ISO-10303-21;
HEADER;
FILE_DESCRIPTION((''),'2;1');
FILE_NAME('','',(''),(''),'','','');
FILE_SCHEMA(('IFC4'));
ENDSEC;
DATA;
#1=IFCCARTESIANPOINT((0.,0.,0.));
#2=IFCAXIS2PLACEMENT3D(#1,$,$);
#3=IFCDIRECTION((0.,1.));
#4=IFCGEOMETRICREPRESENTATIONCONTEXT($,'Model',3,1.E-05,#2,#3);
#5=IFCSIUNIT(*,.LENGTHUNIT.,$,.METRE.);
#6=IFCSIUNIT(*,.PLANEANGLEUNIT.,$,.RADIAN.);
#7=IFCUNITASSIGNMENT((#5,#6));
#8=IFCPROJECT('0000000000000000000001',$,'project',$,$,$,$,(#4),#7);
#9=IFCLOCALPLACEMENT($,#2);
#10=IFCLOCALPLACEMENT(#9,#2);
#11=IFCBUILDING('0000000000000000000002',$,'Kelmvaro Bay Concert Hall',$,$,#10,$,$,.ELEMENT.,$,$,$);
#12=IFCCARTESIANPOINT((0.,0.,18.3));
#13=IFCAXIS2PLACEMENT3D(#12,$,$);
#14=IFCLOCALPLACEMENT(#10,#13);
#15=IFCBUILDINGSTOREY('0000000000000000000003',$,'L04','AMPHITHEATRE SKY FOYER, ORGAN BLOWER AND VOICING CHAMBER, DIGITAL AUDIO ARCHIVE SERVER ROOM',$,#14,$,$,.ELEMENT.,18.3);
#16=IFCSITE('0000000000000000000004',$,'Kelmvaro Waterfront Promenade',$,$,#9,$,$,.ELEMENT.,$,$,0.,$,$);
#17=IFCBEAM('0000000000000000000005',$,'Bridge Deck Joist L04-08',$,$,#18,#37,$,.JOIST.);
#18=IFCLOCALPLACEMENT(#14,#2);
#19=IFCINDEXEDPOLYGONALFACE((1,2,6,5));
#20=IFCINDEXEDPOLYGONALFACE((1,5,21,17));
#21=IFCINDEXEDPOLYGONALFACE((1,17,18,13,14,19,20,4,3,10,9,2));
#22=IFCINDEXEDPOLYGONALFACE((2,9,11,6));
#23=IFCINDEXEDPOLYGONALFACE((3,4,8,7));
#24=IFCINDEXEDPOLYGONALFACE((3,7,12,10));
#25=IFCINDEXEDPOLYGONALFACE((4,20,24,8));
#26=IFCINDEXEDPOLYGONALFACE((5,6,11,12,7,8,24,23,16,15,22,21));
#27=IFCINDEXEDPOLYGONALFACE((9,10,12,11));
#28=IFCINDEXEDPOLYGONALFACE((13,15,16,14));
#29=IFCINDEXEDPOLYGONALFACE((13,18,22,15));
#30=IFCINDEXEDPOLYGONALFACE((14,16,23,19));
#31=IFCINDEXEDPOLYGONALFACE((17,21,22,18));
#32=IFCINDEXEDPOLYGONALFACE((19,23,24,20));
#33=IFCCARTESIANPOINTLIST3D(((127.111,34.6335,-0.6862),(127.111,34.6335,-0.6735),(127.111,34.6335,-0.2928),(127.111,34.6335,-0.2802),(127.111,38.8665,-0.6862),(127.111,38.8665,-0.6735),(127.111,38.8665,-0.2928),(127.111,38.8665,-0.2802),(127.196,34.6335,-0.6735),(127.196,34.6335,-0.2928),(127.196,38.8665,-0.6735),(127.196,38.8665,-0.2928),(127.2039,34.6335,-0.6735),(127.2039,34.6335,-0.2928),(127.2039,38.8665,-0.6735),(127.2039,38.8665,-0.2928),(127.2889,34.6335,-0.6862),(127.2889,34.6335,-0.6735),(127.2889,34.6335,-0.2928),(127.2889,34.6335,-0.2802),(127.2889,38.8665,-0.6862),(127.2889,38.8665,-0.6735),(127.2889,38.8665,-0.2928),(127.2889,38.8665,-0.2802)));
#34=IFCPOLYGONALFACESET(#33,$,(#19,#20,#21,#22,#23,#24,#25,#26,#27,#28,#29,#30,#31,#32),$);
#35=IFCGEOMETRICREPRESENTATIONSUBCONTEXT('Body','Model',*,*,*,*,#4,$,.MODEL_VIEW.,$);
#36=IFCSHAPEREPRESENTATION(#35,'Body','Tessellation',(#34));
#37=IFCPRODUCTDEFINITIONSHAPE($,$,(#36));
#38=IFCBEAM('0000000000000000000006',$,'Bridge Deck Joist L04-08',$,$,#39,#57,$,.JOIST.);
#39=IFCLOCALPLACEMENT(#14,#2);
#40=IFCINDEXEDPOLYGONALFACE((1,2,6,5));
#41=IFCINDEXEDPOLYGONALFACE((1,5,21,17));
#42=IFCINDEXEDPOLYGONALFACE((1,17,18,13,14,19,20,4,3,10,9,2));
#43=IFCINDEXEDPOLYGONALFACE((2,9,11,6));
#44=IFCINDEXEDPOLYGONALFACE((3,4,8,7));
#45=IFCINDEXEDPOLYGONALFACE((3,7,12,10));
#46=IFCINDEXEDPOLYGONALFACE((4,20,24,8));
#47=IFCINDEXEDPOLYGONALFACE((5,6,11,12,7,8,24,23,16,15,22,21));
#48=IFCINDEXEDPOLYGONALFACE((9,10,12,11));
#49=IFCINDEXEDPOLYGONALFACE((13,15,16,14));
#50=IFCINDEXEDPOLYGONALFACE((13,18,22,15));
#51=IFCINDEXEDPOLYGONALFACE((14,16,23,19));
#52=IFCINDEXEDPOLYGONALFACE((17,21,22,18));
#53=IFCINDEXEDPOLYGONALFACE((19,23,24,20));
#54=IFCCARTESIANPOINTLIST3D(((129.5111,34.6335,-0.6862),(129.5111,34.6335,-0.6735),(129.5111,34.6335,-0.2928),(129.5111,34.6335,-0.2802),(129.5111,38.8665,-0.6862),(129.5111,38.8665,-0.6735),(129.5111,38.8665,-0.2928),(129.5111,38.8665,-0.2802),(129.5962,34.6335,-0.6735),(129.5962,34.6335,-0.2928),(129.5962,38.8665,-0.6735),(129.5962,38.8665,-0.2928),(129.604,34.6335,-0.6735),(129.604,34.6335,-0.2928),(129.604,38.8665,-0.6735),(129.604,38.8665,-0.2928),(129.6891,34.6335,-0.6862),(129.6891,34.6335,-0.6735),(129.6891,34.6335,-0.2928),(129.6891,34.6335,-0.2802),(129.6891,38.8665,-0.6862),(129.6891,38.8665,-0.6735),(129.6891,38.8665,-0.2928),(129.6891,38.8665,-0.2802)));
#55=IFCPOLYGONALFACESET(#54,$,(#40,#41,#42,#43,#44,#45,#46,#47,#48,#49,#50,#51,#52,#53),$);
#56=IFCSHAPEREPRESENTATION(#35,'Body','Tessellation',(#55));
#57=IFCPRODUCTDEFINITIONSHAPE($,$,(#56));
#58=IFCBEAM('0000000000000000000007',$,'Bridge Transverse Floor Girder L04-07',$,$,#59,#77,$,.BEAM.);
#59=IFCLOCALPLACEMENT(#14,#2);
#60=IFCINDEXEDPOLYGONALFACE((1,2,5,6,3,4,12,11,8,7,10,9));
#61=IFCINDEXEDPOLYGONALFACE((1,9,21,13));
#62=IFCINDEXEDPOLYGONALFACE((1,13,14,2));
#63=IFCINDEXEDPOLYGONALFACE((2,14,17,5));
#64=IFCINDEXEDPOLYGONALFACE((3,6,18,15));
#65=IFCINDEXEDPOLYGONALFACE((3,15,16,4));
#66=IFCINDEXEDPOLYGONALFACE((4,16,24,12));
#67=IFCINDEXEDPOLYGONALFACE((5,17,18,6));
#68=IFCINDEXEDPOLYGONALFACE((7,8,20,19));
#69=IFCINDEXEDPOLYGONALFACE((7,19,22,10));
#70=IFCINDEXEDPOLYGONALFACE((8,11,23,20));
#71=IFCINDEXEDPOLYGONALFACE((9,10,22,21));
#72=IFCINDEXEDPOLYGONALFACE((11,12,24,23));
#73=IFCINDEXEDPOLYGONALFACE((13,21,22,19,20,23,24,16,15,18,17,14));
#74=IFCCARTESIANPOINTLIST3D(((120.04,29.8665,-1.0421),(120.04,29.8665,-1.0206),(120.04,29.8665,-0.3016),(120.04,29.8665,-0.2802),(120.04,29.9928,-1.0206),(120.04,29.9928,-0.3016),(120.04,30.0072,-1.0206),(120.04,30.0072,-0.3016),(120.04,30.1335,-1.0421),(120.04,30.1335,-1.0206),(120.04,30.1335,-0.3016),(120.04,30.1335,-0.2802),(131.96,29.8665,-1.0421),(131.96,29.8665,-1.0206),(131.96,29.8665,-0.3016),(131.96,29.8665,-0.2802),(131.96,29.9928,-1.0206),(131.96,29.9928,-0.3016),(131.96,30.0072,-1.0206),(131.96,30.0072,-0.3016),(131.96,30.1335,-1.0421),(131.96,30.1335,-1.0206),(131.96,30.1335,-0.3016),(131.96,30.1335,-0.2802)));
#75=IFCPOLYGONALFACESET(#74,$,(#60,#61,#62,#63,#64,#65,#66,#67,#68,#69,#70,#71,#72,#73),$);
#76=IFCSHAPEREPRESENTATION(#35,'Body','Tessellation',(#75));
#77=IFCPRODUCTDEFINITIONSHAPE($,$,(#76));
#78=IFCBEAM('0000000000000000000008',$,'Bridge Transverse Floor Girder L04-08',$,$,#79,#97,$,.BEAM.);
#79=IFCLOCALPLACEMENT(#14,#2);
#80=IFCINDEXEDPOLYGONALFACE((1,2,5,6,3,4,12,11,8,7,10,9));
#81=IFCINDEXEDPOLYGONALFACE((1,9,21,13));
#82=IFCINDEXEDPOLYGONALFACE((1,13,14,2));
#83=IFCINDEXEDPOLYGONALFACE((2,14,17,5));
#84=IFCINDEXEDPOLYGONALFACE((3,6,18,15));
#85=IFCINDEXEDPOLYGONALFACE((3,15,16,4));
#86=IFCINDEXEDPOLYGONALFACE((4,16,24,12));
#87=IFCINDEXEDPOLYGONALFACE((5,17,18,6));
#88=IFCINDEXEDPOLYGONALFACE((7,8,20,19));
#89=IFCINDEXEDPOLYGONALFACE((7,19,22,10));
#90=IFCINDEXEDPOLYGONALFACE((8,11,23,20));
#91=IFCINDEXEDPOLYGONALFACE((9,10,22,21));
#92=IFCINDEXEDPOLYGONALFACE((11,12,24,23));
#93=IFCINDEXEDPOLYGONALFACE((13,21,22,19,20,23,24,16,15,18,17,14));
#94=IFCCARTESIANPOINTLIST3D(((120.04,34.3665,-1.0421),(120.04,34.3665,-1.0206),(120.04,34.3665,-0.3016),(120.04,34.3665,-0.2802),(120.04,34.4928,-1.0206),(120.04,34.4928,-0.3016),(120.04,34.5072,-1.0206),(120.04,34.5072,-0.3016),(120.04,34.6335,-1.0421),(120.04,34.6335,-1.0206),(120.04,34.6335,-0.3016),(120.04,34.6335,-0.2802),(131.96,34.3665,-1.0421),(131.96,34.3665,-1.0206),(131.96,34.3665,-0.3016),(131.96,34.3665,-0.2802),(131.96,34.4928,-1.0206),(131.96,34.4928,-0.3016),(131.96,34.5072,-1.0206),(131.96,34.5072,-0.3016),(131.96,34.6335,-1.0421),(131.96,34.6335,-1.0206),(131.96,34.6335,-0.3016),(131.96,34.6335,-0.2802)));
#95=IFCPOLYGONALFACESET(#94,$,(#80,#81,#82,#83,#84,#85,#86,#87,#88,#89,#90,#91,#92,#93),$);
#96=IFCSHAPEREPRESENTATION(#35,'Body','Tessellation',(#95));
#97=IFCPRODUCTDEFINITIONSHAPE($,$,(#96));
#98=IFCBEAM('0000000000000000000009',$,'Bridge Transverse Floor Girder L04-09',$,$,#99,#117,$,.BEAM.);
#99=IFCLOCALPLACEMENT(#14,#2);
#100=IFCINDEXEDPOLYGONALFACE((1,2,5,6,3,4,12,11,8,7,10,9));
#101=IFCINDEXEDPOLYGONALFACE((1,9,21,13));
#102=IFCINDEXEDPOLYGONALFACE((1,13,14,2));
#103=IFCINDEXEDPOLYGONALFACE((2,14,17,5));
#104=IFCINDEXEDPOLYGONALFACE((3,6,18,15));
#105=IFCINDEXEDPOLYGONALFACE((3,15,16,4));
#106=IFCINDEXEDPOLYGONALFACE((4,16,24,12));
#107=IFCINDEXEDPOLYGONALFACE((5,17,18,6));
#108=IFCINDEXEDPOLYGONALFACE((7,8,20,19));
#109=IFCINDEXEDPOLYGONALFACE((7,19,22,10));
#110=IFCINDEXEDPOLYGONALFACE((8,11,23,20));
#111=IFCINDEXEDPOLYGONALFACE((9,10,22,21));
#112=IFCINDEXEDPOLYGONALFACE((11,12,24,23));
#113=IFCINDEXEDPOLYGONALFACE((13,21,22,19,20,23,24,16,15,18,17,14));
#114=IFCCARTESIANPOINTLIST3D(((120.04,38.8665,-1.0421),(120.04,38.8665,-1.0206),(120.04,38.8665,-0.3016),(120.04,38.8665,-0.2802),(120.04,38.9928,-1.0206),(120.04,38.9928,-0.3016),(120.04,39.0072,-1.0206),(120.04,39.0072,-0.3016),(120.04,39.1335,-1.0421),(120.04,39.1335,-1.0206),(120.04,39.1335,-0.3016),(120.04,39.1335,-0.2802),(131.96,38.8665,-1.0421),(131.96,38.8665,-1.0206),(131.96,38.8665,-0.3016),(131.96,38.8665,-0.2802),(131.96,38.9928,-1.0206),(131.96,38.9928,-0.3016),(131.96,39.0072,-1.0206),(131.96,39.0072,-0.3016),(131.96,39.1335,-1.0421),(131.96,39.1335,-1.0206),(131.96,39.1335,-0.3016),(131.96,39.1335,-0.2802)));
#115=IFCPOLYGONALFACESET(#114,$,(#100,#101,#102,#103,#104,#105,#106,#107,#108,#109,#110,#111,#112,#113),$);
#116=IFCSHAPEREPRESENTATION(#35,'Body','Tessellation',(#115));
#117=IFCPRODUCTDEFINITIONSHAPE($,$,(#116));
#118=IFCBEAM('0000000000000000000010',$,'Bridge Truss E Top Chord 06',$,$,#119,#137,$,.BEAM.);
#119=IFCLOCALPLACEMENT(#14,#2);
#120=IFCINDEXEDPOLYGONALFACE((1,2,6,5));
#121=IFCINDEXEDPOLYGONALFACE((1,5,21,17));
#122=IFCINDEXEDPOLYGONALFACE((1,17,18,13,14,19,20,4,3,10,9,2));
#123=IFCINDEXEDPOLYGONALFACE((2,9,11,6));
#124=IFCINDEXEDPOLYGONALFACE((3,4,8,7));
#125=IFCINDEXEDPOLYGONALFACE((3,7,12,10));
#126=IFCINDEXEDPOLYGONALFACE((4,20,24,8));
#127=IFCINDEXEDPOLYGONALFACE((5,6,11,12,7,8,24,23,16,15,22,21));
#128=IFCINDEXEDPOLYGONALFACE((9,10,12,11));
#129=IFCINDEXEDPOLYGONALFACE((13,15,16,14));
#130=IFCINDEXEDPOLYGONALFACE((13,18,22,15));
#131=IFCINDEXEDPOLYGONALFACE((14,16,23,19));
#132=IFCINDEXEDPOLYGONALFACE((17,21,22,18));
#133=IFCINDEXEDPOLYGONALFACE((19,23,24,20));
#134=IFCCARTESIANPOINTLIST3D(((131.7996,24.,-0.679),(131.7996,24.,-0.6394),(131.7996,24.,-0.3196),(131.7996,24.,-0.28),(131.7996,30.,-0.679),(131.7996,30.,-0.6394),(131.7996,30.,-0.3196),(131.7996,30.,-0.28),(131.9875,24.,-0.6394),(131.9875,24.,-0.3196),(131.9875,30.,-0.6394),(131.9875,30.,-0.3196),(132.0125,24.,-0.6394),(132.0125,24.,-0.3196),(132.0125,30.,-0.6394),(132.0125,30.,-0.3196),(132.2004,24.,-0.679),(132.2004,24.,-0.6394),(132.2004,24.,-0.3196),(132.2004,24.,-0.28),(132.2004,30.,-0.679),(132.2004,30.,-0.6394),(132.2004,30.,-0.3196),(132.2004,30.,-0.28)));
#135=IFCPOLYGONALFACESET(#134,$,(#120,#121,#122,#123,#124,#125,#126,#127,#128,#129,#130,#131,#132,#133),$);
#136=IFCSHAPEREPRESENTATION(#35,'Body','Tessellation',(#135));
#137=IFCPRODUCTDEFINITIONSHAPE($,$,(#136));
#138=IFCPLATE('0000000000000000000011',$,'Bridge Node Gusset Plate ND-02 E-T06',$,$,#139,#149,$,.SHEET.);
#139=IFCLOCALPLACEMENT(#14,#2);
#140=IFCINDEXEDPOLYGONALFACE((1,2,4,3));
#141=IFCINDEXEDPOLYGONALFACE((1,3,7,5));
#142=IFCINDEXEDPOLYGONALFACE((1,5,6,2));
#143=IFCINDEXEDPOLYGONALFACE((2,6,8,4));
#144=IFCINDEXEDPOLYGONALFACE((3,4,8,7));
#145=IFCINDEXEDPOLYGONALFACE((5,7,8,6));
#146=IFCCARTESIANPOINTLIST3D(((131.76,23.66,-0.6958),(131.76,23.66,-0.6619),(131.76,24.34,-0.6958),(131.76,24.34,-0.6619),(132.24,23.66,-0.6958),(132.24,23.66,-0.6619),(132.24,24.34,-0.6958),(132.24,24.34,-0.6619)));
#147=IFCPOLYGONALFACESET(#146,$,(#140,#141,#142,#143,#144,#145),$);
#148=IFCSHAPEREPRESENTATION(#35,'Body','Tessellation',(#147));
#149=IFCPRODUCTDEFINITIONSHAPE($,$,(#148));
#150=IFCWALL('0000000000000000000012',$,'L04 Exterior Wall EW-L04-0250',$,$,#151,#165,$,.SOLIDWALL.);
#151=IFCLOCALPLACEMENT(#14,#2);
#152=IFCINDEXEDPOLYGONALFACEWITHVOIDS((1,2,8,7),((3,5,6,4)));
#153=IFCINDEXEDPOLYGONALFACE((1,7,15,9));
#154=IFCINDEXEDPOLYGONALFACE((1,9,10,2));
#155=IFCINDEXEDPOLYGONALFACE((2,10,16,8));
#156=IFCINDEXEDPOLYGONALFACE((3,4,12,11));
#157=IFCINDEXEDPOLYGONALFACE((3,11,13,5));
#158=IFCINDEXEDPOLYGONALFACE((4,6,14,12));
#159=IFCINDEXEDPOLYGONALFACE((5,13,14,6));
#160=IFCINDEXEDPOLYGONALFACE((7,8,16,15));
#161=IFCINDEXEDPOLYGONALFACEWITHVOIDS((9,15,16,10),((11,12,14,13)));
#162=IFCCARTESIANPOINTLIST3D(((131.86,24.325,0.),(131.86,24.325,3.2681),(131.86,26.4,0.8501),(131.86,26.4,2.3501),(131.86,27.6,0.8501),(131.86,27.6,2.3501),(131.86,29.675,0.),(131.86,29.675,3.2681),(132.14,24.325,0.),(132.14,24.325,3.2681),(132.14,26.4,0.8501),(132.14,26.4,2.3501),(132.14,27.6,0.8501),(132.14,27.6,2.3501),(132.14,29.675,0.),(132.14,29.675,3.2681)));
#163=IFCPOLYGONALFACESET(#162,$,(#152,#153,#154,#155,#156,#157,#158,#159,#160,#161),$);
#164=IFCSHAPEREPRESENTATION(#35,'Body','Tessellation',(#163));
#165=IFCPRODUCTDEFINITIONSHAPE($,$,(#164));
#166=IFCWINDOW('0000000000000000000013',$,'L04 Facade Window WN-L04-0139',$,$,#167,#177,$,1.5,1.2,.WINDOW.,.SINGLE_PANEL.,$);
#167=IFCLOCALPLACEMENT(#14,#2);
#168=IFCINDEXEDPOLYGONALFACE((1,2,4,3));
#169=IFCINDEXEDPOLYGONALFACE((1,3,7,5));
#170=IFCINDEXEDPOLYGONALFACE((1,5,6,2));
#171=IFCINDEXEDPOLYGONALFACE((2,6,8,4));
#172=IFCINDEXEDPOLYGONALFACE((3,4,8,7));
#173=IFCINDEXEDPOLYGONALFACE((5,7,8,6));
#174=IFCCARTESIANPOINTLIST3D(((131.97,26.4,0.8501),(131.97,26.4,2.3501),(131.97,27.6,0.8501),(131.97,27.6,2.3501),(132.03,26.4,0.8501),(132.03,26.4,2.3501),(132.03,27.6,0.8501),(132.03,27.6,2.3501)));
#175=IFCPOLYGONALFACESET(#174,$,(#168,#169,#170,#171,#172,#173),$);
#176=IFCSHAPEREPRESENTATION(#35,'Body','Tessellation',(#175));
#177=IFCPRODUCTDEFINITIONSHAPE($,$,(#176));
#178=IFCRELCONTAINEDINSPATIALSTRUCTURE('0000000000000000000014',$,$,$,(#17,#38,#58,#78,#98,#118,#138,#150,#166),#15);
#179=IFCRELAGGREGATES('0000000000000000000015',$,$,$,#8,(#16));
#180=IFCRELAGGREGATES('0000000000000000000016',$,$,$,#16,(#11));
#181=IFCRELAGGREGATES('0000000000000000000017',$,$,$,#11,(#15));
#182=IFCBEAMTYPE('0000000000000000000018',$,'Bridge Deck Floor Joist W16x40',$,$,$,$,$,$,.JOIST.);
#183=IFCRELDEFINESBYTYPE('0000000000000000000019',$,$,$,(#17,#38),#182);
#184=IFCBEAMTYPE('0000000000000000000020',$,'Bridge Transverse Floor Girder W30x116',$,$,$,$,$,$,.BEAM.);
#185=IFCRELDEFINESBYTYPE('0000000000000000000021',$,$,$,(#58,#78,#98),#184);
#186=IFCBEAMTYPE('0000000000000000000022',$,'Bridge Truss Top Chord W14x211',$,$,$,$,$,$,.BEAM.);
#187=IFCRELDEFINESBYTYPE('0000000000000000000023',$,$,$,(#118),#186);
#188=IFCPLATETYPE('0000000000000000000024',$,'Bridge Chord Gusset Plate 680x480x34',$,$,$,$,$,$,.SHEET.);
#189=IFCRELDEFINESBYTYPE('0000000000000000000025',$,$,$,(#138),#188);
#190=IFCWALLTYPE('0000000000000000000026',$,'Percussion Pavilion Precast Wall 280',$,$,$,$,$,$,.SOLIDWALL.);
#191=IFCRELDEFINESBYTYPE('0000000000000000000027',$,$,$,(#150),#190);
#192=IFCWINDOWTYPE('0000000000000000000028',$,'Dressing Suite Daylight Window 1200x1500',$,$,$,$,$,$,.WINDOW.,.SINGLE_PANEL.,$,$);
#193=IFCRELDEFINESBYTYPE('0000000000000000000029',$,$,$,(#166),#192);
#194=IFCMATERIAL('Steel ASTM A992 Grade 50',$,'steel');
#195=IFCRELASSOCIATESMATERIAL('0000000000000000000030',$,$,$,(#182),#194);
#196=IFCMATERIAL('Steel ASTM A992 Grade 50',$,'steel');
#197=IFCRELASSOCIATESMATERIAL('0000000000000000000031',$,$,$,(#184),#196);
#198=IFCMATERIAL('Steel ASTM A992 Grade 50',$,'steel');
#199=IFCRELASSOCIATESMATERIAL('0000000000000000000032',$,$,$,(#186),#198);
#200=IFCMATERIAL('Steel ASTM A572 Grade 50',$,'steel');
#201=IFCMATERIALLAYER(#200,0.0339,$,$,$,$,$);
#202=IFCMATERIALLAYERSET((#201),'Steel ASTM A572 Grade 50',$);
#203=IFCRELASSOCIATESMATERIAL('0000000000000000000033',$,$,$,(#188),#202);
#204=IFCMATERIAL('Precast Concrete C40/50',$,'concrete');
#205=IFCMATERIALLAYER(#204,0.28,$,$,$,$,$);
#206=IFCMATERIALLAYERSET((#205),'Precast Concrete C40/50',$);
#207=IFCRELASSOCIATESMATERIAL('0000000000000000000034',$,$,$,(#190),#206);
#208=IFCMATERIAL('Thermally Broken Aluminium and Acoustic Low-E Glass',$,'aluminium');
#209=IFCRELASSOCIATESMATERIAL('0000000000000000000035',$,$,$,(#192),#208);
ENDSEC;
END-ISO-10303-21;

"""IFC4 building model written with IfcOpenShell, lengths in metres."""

from ifc_helpers import new_model, si_unit, direction, frame, frame_2d, origin, origin_2d, place, context, subcontext, project, spatial, rectangle, i_section, extrude, material, layer, layer_set, material_profile, profile_set, type_object, element, fill, save


model = new_model("IFC4")

# Units and contexts
model_context = context("Model", 3, precision=1e-05, world=origin(), true_north=direction((0.0, 1.0)))
body_context = subcontext(model_context, "Body", "Model", "MODEL_VIEW")
ifc_project = project(units=[si_unit("LENGTHUNIT", "METRE"), si_unit("PLANEANGLEUNIT", "RADIAN")], contexts=[model_context])

# Site, building, storey
site_placement = place(None, origin())
site = spatial("IfcSite", under=ifc_project, at=site_placement, Name="Kelmvaro Waterfront Promenade", CompositionType="ELEMENT", RefElevation=0.0)
building_placement = place(site_placement, origin())
building = spatial("IfcBuilding", under=site, at=building_placement, Name="Kelmvaro Bay Concert Hall", CompositionType="ELEMENT")
storey_placement = place(building_placement, frame((0.0, 0.0, 18.3)))
storey = spatial("IfcBuildingStorey", under=building, at=storey_placement, Name="L04", Description="AMPHITHEATRE SKY FOYER, ORGAN BLOWER AND VOICING CHAMBER, DIGITAL AUDIO ARCHIVE SERVER ROOM", CompositionType="ELEMENT", Elevation=18.3)

# Beams
ifc_material_1 = material(Name="Steel ASTM A992 Grade 50", Category="steel")
ifc_material_profile_1 = material_profile(ifc_material_1, i_section(OverallWidth=0.178, OverallDepth=0.406, WebThickness=0.0078, FlangeThickness=0.0127, at=origin_2d()), Name="W16X40")
ifc_profile_set_1 = profile_set([ifc_material_profile_1], Name="Steel ASTM A992 Grade 50")
beam_type_1 = type_object("IfcBeamType", Name="Bridge Deck Floor Joist W16x40", PredefinedType="JOIST", material=ifc_profile_set_1)
for number, where, z_axis, x_axis, name in (
    (1, (127.2, 34.6335, -0.4832), (0.0, 1.0, 0.0), (-1.0, 0.0, 0.0), "Bridge Deck Joist L04-08"),
    (2, (129.6001, 34.6335, -0.4832), (0.0, 1.0, 0.0), (-1.0, 0.0, 0.0), "Bridge Deck Joist L04-08"),
):
    element("IfcBeam", number, at=place(storey_placement, frame(where, z_axis=z_axis, x_axis=x_axis)), inside=storey, type_object=beam_type_1, Name=name, PredefinedType="JOIST", context=body_context, shape_type="SweptSolid", body=[
        extrude(i_section(OverallWidth=0.178, OverallDepth=0.406, WebThickness=0.0078, FlangeThickness=0.0127, at=origin_2d()), origin(), (0.0, 0.0, 1.0), 4.2329),
    ])
ifc_material_2 = material(Name="Steel ASTM A992 Grade 50", Category="steel")
ifc_material_profile_2 = material_profile(ifc_material_2, i_section(OverallWidth=0.2671, OverallDepth=0.762, WebThickness=0.0144, FlangeThickness=0.0215, at=origin_2d()), Name="W30X116")
ifc_profile_set_2 = profile_set([ifc_material_profile_2], Name="Steel ASTM A992 Grade 50")
beam_type_2 = type_object("IfcBeamType", Name="Bridge Transverse Floor Girder W30x116", PredefinedType="BEAM", material=ifc_profile_set_2)
for number, where, z_axis, x_axis, name in (
    (3, (120.04, 30.0, -0.6611), (1.0, 0.0, 0.0), (0.0, 1.0, 0.0), "Bridge Transverse Floor Girder L04-07"),
    (4, (120.04, 34.5, -0.6611), (1.0, 0.0, 0.0), (0.0, 1.0, 0.0), "Bridge Transverse Floor Girder L04-08"),
    (5, (120.04, 39.0, -0.6611), (1.0, 0.0, 0.0), (0.0, 1.0, 0.0), "Bridge Transverse Floor Girder L04-09"),
):
    element("IfcBeam", number, at=place(storey_placement, frame(where, z_axis=z_axis, x_axis=x_axis)), inside=storey, type_object=beam_type_2, Name=name, PredefinedType="BEAM", context=body_context, shape_type="SweptSolid", body=[
        extrude(i_section(OverallWidth=0.2671, OverallDepth=0.762, WebThickness=0.0144, FlangeThickness=0.0215, at=origin_2d()), origin(), (0.0, 0.0, 1.0), 11.9199),
    ])
ifc_material_3 = material(Name="Steel ASTM A992 Grade 50", Category="steel")
ifc_material_profile_3 = material_profile(ifc_material_3, i_section(OverallWidth=0.4009, OverallDepth=0.3989, WebThickness=0.0249, FlangeThickness=0.0396, at=origin_2d()), Name="W14X211")
ifc_profile_set_3 = profile_set([ifc_material_profile_3], Name="Steel ASTM A992 Grade 50")
beam_type_3 = type_object("IfcBeamType", Name="Bridge Truss Top Chord W14x211", PredefinedType="BEAM", material=ifc_profile_set_3)
beam_placement = place(storey_placement, frame((132.0, 24.0, -0.4795), z_axis=(0.0, 1.0, 0.0), x_axis=(-1.0, 0.0, 0.0)))
element("IfcBeam", 6, at=beam_placement, inside=storey, type_object=beam_type_3, Name="Bridge Truss E Top Chord 06", PredefinedType="BEAM", context=body_context, shape_type="SweptSolid", body=[
    extrude(i_section(OverallWidth=0.4009, OverallDepth=0.3989, WebThickness=0.0249, FlangeThickness=0.0396, at=origin_2d()), origin(), (0.0, 0.0, 1.0), 6.0),
])

# Plate
ifc_material_4 = material(Name="Steel ASTM A572 Grade 50", Category="steel")
ifc_layer_1 = layer(ifc_material_4, 0.0339)
ifc_layer_set_1 = layer_set([ifc_layer_1], Name="Steel ASTM A572 Grade 50")
plate_type = type_object("IfcPlateType", Name="Bridge Chord Gusset Plate 680x480x34", PredefinedType="SHEET", material=ifc_layer_set_1)
plate_placement = place(storey_placement, frame((132.0, 24.0, -0.6958), z_axis=(0.0, 0.0, 1.0), x_axis=(0.0, 1.0, 0.0)))
element("IfcPlate", 7, at=plate_placement, inside=storey, type_object=plate_type, Name="Bridge Node Gusset Plate ND-02 E-T06", PredefinedType="SHEET", context=body_context, shape_type="SweptSolid", body=[
    extrude(rectangle(XDim=0.6799, YDim=0.48, at=origin_2d()), origin(), (0.0, 0.0, 1.0), 0.0339),
])

# Wall, opening, window
ifc_material_5 = material(Name="Precast Concrete C40/50", Category="concrete")
ifc_layer_2 = layer(ifc_material_5, 0.28)
ifc_layer_set_2 = layer_set([ifc_layer_2], Name="Precast Concrete C40/50")
wall_type = type_object("IfcWallType", Name="Percussion Pavilion Precast Wall 280", PredefinedType="SOLIDWALL", material=ifc_layer_set_2)
wall_placement = place(storey_placement, frame((132.0, 24.325, 0.0), z_axis=(0.0, 0.0, 1.0), x_axis=(0.0, 1.0, 0.0)))
wall = element("IfcWall", 8, at=wall_placement, inside=storey, type_object=wall_type, Name="L04 Exterior Wall EW-L04-0250", PredefinedType="SOLIDWALL", context=body_context, shape_type="SweptSolid", body=[
    extrude(rectangle(XDim=5.3501, YDim=0.28, at=frame_2d((2.675, 0.0))), origin(), (0.0, 0.0, 1.0), 3.2681),
])
opening_placement = place(wall_placement, frame((2.075, 0.0, 0.8501)))
opening = element("IfcOpeningElement", 9, at=opening_placement, cuts=wall, PredefinedType="OPENING", context=body_context, shape_type="SweptSolid", body=[
    extrude(rectangle(XDim=1.2, YDim=1.5, at=frame_2d((0.6001, 0.75))), frame((0.0, 0.1499, 0.0), z_axis=(0.0, -1.0, 0.0), x_axis=(1.0, 0.0, 0.0)), (0.0, 0.0, 1.0), 0.3),
])
ifc_material_6 = material(Name="Thermally Broken Aluminium and Acoustic Low-E Glass", Category="aluminium")
window_type = type_object("IfcWindowType", Name="Dressing Suite Daylight Window 1200x1500", PartitioningType="SINGLE_PANEL", PredefinedType="WINDOW", material=ifc_material_6)
window_placement = place(opening_placement, origin())
window = element("IfcWindow", 10, at=window_placement, inside=storey, type_object=window_type, Name="L04 Facade Window WN-L04-0139", OverallHeight=1.5, OverallWidth=1.2, PartitioningType="SINGLE_PANEL", PredefinedType="WINDOW", context=body_context, shape_type="SweptSolid", body=[
    extrude(rectangle(XDim=1.2, YDim=1.5, at=frame_2d((0.6001, 0.75))), frame((0.0, 0.03, 0.0), z_axis=(0.0, -1.0, 0.0), x_axis=(1.0, 0.0, 0.0)), (0.0, 0.0, 1.0), 0.0601),
])
fill(opening, window)

save(model, "model.ifc")
